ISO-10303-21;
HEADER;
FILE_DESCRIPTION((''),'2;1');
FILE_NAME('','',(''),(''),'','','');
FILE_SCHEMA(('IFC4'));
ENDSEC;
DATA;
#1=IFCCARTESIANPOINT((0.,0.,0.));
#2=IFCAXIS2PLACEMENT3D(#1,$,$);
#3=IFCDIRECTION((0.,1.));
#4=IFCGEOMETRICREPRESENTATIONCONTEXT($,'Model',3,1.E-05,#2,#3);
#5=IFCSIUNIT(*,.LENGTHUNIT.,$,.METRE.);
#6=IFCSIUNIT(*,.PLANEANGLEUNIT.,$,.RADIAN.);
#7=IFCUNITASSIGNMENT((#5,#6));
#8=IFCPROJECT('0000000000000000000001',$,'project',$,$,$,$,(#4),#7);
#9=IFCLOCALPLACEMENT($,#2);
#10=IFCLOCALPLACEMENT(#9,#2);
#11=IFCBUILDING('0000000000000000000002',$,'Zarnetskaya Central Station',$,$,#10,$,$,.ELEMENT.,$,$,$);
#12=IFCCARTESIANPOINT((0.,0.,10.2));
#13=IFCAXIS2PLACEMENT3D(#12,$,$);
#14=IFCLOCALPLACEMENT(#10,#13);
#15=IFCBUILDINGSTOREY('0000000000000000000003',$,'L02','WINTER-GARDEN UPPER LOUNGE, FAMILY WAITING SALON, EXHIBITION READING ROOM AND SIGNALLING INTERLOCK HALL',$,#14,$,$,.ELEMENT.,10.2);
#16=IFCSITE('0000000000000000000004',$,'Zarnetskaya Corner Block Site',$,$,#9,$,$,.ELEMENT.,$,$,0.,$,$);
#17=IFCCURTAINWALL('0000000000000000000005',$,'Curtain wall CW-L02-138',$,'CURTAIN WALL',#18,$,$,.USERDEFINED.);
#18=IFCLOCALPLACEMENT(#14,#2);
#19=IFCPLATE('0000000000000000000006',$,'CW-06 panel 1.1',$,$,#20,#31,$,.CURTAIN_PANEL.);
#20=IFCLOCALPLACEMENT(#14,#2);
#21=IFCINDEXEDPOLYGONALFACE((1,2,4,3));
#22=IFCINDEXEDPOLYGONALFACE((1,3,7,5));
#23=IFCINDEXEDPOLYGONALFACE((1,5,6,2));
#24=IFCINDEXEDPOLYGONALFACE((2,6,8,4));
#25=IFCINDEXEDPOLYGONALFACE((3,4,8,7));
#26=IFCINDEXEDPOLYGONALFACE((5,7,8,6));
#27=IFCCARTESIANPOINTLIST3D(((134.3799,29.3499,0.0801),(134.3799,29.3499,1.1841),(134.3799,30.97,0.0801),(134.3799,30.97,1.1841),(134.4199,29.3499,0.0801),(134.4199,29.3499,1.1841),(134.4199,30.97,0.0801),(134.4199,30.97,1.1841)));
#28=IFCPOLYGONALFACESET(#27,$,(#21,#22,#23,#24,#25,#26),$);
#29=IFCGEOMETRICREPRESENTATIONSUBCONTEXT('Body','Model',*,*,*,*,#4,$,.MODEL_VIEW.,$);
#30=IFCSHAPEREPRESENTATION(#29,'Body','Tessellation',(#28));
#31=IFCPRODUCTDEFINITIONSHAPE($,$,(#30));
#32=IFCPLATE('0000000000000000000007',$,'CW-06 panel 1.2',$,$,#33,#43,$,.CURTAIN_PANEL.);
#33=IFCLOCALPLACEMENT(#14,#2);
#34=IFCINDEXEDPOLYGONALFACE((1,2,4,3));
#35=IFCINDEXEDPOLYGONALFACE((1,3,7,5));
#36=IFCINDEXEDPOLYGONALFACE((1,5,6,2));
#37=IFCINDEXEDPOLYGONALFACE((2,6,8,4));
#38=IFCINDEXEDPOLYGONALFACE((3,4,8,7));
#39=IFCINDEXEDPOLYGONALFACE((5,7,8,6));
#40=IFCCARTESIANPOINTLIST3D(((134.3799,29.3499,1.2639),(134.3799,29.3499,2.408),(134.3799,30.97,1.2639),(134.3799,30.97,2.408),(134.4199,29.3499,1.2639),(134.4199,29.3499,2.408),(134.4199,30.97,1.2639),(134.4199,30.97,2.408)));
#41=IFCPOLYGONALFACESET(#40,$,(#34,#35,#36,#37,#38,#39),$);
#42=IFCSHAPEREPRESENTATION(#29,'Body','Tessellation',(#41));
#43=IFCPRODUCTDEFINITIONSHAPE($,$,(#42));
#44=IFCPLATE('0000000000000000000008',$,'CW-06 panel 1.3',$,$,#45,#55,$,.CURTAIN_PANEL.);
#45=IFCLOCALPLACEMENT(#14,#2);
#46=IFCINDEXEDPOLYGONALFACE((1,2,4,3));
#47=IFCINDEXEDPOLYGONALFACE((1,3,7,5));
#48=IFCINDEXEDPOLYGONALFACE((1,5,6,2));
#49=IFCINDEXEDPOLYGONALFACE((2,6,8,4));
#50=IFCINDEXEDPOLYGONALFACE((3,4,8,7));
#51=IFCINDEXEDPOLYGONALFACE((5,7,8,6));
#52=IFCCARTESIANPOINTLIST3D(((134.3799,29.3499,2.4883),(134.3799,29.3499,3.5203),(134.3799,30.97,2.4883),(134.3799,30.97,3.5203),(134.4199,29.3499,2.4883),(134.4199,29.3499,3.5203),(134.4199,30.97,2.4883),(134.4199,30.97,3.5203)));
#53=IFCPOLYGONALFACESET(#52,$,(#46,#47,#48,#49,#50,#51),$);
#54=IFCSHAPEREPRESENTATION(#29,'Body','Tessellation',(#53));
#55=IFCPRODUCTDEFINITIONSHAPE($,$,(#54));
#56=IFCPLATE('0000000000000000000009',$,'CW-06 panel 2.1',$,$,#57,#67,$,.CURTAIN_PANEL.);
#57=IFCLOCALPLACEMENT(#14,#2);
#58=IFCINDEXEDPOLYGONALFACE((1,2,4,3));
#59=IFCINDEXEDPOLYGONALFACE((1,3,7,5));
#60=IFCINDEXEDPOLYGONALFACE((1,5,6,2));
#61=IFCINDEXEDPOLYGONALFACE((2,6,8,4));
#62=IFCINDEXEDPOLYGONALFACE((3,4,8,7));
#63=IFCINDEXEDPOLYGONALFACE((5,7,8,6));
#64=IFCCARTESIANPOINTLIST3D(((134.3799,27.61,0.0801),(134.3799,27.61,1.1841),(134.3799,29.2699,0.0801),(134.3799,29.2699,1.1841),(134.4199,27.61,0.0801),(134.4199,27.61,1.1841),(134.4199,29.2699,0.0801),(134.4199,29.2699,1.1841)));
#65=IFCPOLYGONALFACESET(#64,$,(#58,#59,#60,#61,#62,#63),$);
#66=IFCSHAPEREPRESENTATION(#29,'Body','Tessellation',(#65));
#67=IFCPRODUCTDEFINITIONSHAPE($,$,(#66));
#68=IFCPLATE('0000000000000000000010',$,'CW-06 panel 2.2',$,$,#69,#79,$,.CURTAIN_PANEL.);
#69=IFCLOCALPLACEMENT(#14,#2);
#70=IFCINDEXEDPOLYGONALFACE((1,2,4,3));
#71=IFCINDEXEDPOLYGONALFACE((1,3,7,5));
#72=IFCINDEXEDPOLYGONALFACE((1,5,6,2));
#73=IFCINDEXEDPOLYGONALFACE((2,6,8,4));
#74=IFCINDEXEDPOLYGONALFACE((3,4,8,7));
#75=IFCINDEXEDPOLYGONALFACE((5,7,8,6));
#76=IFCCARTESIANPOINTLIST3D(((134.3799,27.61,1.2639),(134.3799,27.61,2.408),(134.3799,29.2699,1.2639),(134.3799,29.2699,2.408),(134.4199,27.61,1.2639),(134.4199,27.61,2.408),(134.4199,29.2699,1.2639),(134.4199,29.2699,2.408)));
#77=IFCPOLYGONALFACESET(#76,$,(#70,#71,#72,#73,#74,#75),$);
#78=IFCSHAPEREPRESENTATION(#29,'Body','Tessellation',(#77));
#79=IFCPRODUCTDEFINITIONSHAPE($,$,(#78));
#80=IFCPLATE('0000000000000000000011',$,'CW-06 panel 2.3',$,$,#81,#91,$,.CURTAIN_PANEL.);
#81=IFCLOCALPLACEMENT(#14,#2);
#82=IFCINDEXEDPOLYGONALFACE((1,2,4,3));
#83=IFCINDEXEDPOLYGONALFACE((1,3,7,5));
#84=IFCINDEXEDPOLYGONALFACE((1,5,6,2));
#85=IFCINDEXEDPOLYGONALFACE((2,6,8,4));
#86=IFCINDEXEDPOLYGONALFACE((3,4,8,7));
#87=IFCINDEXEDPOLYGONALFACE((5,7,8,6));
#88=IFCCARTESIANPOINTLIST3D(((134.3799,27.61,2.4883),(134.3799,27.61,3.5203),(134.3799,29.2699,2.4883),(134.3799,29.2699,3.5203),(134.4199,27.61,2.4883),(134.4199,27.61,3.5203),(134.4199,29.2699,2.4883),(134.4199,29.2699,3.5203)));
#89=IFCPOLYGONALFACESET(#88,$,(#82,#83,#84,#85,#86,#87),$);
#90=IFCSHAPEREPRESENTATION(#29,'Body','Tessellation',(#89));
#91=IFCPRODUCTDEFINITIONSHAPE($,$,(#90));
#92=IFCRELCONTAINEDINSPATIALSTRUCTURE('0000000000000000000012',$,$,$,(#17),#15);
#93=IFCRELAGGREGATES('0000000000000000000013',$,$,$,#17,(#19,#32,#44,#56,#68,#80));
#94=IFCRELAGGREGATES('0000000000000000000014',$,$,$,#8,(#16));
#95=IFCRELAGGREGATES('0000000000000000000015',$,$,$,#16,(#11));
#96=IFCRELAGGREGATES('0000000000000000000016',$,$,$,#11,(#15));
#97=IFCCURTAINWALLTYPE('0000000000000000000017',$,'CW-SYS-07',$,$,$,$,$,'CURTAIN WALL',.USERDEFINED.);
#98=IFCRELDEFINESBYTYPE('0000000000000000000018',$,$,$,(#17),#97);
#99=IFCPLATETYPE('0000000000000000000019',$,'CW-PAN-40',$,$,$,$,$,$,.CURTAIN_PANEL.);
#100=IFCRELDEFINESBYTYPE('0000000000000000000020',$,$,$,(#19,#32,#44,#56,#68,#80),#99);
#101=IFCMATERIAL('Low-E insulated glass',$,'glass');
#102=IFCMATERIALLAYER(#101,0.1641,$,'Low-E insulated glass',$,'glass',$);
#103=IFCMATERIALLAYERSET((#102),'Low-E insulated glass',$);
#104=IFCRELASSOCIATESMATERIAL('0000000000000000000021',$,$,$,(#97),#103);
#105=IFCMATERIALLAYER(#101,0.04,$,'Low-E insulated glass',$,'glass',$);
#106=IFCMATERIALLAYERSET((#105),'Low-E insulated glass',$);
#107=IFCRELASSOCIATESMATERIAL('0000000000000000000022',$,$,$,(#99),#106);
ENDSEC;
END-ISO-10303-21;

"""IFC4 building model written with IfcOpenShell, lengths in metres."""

from ifc_helpers import new_model, si_unit, direction, frame, origin, origin_2d, place, context, subcontext, project, spatial, rectangle, extrude, material, layer, layer_set, type_object, element, aggregate, save


model = new_model("IFC4")

# Units and contexts
model_context = context("Model", 3, precision=1e-05, world=origin(), true_north=direction((0.0, 1.0)))
body_context = subcontext(model_context, "Body", "Model", "MODEL_VIEW")
ifc_project = project(units=[si_unit("LENGTHUNIT", "METRE"), si_unit("PLANEANGLEUNIT", "RADIAN")], contexts=[model_context])

# Site, building, storey
site_placement = place(None, origin())
site = spatial("IfcSite", under=ifc_project, at=site_placement, Name="Zarnetskaya Corner Block Site", CompositionType="ELEMENT", RefElevation=0.0)
building_placement = place(site_placement, origin())
building = spatial("IfcBuilding", under=site, at=building_placement, Name="Zarnetskaya Central Station", CompositionType="ELEMENT")
storey_placement = place(building_placement, frame((0.0, 0.0, 10.2)))
storey = spatial("IfcBuildingStorey", under=building, at=storey_placement, Name="L02", Description="WINTER-GARDEN UPPER LOUNGE, FAMILY WAITING SALON, EXHIBITION READING ROOM AND SIGNALLING INTERLOCK HALL", CompositionType="ELEMENT", Elevation=10.2)

# Shared definitions
ifc_material_1 = material(Name="Low-E insulated glass", Category="glass")
ifc_layer_1 = layer(ifc_material_1, 0.1641, Name="Low-E insulated glass", Category="glass")
ifc_layer_set_1 = layer_set([ifc_layer_1], Name="Low-E insulated glass")
curtain_wall_type = type_object("IfcCurtainWallType", Name="CW-SYS-07", ElementType="CURTAIN WALL", PredefinedType="USERDEFINED", material=ifc_layer_set_1)

# Curtain wall
curtain_wall_1_placement = place(storey_placement, origin())
curtain_wall_1 = element("IfcCurtainWall", 1, at=curtain_wall_1_placement, inside=storey, type_object=curtain_wall_type, Name="Curtain wall CW-L02-138", ObjectType="CURTAIN WALL", PredefinedType="USERDEFINED")

# Plates
ifc_layer_2 = layer(ifc_material_1, 0.04, Name="Low-E insulated glass", Category="glass")
ifc_layer_set_2 = layer_set([ifc_layer_2], Name="Low-E insulated glass")
plate_type = type_object("IfcPlateType", Name="CW-PAN-40", PredefinedType="CURTAIN_PANEL", material=ifc_layer_set_2)
plate_1_placement = place(storey_placement, frame((134.3999, 30.1599, 0.0801), z_axis=(0.0, 0.0, 1.0), x_axis=(0.0, -1.0, 0.0)))
plate_1 = element("IfcPlate", 2, at=plate_1_placement, type_object=plate_type, Name="CW-06 panel 1.1", PredefinedType="CURTAIN_PANEL", context=body_context, shape_type="SweptSolid", body=[
    extrude(rectangle(XDim=1.6201, YDim=0.04, at=origin_2d()), origin(), (0.0, 0.0, 1.0), 1.104),
])
plate_2_placement = place(storey_placement, frame((134.3999, 30.1599, 1.2639), z_axis=(0.0, 0.0, 1.0), x_axis=(0.0, -1.0, 0.0)))
plate_2 = element("IfcPlate", 3, at=plate_2_placement, type_object=plate_type, Name="CW-06 panel 1.2", PredefinedType="CURTAIN_PANEL", context=body_context, shape_type="SweptSolid", body=[
    extrude(rectangle(XDim=1.6201, YDim=0.04, at=origin_2d()), origin(), (0.0, 0.0, 1.0), 1.144),
])
plate_3_placement = place(storey_placement, frame((134.3999, 30.1599, 2.4883), z_axis=(0.0, 0.0, 1.0), x_axis=(0.0, -1.0, 0.0)))
plate_3 = element("IfcPlate", 4, at=plate_3_placement, type_object=plate_type, Name="CW-06 panel 1.3", PredefinedType="CURTAIN_PANEL", context=body_context, shape_type="SweptSolid", body=[
    extrude(rectangle(XDim=1.6201, YDim=0.04, at=origin_2d()), origin(), (0.0, 0.0, 1.0), 1.032),
])
plate_4_placement = place(storey_placement, frame((134.3999, 28.4399, 0.0801), z_axis=(0.0, 0.0, 1.0), x_axis=(0.0, -1.0, 0.0)))
plate_4 = element("IfcPlate", 5, at=plate_4_placement, type_object=plate_type, Name="CW-06 panel 2.1", PredefinedType="CURTAIN_PANEL", context=body_context, shape_type="SweptSolid", body=[
    extrude(rectangle(XDim=1.6599, YDim=0.04, at=origin_2d()), origin(), (0.0, 0.0, 1.0), 1.104),
])
plate_5_placement = place(storey_placement, frame((134.3999, 28.4399, 1.2639), z_axis=(0.0, 0.0, 1.0), x_axis=(0.0, -1.0, 0.0)))
plate_5 = element("IfcPlate", 6, at=plate_5_placement, type_object=plate_type, Name="CW-06 panel 2.2", PredefinedType="CURTAIN_PANEL", context=body_context, shape_type="SweptSolid", body=[
    extrude(rectangle(XDim=1.6599, YDim=0.04, at=origin_2d()), origin(), (0.0, 0.0, 1.0), 1.144),
])
plate_6_placement = place(storey_placement, frame((134.3999, 28.4399, 2.4883), z_axis=(0.0, 0.0, 1.0), x_axis=(0.0, -1.0, 0.0)))
plate_6 = element("IfcPlate", 7, at=plate_6_placement, type_object=plate_type, Name="CW-06 panel 2.3", PredefinedType="CURTAIN_PANEL", context=body_context, shape_type="SweptSolid", body=[
    extrude(rectangle(XDim=1.6599, YDim=0.04, at=origin_2d()), origin(), (0.0, 0.0, 1.0), 1.032),
])
aggregate(curtain_wall_1, [plate_1, plate_2, plate_3, plate_4, plate_5, plate_6])

save(model, "model.ifc")
